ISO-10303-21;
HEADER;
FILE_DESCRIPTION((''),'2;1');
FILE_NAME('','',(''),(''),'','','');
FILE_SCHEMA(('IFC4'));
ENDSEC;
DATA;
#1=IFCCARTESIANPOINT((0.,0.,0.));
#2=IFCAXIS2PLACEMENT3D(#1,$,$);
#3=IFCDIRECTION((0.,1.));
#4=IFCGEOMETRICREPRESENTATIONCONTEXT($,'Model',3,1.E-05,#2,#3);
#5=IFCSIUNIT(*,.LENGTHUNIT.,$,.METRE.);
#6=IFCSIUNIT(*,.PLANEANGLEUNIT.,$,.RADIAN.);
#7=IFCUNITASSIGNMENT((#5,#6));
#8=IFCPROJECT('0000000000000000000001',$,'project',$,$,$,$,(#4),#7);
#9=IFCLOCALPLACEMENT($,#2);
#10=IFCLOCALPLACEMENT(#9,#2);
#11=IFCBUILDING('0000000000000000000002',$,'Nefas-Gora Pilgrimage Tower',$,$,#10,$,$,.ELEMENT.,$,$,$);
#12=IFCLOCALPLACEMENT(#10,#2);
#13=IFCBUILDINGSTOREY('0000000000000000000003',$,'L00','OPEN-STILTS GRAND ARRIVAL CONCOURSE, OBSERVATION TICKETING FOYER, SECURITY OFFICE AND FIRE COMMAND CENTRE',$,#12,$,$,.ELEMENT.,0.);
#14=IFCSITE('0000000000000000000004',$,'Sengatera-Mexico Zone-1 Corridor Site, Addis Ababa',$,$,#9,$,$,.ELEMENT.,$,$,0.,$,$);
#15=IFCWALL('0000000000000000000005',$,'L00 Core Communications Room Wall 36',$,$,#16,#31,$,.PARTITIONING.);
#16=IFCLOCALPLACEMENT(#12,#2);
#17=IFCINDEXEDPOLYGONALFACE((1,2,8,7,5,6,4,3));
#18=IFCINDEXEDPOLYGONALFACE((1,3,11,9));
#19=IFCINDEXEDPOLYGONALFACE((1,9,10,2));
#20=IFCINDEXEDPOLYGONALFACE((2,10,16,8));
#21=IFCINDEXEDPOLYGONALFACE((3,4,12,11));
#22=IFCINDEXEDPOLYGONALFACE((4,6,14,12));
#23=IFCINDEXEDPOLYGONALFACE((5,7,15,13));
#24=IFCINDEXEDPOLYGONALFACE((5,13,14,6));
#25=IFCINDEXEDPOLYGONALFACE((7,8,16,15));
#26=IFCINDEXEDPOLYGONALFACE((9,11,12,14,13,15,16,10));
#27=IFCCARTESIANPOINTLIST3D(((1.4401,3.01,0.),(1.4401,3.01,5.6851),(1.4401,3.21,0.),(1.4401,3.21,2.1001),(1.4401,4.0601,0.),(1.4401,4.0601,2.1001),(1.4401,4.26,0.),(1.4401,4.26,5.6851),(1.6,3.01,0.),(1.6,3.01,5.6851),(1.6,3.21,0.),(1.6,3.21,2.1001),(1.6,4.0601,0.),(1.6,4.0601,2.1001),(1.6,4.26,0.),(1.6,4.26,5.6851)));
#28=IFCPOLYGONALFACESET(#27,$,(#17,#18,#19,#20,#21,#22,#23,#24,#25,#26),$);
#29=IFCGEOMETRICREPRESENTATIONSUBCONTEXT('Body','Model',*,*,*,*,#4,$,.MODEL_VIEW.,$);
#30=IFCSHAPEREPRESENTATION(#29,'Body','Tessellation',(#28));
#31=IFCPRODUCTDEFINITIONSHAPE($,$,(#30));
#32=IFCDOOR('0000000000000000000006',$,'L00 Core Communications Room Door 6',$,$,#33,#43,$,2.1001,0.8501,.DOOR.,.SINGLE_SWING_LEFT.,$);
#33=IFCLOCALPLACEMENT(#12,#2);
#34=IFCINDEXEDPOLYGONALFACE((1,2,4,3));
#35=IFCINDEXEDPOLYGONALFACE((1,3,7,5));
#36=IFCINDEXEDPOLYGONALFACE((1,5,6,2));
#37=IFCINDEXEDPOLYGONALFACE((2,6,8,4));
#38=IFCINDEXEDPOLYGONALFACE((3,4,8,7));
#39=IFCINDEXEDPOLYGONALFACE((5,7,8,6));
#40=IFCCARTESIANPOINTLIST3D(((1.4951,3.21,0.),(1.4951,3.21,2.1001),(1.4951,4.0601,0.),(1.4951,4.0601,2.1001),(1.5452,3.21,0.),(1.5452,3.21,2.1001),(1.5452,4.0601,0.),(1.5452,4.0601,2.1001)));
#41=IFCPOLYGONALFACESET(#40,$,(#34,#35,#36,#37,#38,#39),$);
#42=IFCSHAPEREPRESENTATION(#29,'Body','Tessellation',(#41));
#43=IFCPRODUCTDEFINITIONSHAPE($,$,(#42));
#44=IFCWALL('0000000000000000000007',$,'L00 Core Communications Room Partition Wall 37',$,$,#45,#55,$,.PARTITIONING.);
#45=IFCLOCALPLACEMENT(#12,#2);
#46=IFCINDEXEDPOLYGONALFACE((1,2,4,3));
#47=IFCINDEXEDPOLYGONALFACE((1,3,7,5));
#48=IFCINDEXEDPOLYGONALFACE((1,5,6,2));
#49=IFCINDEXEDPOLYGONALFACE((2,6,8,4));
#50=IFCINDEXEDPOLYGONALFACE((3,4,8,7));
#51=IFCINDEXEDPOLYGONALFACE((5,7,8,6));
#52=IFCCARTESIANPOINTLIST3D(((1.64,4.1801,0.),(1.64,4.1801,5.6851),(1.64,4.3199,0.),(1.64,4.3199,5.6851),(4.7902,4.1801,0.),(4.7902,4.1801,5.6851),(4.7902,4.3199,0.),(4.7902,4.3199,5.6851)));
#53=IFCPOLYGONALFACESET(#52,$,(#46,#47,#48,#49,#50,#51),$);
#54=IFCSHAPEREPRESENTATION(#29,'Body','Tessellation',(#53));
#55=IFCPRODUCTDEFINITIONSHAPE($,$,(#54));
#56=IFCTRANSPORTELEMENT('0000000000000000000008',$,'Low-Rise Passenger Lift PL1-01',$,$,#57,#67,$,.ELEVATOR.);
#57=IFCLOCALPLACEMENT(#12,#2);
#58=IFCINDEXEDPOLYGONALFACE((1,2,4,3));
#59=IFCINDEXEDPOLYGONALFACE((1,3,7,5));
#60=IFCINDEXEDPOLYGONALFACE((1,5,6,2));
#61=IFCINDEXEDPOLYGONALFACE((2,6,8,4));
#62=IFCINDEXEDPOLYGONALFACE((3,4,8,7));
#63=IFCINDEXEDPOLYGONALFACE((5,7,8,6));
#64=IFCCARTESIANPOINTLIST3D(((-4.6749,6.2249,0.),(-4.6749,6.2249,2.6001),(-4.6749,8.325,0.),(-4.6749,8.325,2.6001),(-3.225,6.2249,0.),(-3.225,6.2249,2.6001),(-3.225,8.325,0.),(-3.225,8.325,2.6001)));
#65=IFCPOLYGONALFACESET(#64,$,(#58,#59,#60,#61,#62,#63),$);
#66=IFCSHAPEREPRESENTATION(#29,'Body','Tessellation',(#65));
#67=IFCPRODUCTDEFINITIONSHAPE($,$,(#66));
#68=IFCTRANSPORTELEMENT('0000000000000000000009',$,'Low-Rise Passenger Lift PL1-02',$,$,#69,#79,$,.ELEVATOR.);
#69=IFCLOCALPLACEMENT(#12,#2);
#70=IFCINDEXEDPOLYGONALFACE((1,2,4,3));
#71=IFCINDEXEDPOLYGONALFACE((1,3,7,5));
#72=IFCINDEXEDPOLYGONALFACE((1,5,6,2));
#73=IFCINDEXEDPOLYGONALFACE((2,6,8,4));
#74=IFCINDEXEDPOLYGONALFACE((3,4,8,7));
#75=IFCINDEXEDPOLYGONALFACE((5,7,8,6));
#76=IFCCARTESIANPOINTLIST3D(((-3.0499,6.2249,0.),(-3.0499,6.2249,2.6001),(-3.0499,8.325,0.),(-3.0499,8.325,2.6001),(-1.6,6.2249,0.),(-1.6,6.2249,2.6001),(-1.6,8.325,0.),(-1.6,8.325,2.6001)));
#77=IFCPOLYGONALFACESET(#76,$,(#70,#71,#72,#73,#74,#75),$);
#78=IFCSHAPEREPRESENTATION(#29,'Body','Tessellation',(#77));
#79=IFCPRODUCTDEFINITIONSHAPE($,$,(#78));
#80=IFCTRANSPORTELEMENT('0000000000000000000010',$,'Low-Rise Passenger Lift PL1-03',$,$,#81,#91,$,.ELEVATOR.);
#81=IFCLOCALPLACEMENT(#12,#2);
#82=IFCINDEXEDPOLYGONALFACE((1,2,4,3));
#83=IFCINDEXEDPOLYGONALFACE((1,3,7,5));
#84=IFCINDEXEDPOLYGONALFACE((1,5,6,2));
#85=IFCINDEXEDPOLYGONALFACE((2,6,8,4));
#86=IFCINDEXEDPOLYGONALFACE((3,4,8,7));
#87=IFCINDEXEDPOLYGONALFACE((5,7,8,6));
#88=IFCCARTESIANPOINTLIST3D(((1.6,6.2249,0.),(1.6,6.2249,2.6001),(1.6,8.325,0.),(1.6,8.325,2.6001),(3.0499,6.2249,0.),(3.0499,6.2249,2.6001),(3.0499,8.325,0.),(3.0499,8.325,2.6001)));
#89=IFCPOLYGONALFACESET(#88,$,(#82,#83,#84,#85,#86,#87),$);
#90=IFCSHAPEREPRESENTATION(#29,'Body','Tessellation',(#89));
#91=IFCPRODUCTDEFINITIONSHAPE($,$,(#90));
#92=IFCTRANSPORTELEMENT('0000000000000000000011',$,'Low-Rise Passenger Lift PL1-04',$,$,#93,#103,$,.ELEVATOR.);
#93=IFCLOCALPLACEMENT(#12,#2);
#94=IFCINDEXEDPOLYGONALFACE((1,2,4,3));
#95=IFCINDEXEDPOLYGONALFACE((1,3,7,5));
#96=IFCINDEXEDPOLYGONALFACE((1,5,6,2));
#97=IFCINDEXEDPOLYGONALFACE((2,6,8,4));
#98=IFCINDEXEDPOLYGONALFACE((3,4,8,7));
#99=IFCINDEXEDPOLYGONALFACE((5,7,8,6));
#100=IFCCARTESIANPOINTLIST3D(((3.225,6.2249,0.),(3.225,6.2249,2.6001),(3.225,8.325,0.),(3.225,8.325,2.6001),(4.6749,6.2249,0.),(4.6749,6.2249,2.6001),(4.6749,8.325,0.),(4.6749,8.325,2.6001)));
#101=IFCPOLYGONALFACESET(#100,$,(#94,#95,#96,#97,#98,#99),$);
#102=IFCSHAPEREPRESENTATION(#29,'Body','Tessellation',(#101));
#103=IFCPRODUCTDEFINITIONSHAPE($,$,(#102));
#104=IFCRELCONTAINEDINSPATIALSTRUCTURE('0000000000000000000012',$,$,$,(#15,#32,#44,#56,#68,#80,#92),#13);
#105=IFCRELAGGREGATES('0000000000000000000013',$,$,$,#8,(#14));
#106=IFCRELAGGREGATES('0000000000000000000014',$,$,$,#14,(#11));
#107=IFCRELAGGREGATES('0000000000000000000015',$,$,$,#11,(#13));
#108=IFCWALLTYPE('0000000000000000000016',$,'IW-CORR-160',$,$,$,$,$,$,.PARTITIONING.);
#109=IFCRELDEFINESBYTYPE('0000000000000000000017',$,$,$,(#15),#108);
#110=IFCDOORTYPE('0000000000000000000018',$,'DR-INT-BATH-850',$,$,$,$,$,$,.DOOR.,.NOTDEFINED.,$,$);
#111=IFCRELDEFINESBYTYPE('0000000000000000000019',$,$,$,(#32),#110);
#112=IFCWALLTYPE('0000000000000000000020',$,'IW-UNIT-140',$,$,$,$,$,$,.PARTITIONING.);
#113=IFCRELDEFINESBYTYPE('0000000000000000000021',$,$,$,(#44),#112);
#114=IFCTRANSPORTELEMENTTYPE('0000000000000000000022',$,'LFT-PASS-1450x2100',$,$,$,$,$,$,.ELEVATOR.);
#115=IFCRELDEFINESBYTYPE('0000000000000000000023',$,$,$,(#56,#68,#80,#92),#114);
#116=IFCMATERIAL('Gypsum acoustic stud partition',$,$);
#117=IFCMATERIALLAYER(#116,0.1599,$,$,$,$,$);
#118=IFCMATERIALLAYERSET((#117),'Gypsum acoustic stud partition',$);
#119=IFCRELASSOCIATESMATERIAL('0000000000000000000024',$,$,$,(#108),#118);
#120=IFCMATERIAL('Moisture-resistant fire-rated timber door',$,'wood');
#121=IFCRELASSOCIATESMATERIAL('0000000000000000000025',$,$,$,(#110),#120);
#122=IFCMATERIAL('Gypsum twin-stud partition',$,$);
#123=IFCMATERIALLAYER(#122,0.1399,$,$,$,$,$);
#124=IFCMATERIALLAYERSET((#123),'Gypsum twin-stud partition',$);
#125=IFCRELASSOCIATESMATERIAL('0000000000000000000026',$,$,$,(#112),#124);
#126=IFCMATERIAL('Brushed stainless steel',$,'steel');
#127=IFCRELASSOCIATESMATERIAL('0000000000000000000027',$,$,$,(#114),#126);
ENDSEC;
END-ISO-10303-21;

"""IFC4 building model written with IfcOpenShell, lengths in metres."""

from ifc_helpers import new_model, si_unit, direction, frame, frame_2d, origin, origin_2d, place, context, subcontext, project, spatial, rectangle, extrude, source, transform, mapped, material, layer, layer_set, type_object, element, fill, save


model = new_model("IFC4")

# Units and contexts
model_context = context("Model", 3, precision=1e-05, world=origin(), true_north=direction((0.0, 1.0)))
body_context = subcontext(model_context, "Body", "Model", "MODEL_VIEW")
ifc_project = project(units=[si_unit("LENGTHUNIT", "METRE"), si_unit("PLANEANGLEUNIT", "RADIAN")], contexts=[model_context])

# Site, building, storey
site_placement = place(None, origin())
site = spatial("IfcSite", under=ifc_project, at=site_placement, Name="Sengatera-Mexico Zone-1 Corridor Site, Addis Ababa", CompositionType="ELEMENT", RefElevation=0.0)
building_placement = place(site_placement, origin())
building = spatial("IfcBuilding", under=site, at=building_placement, Name="Nefas-Gora Pilgrimage Tower", CompositionType="ELEMENT")
storey_placement = place(building_placement, origin())
storey = spatial("IfcBuildingStorey", under=building, at=storey_placement, Name="L00", Description="OPEN-STILTS GRAND ARRIVAL CONCOURSE, OBSERVATION TICKETING FOYER, SECURITY OFFICE AND FIRE COMMAND CENTRE", CompositionType="ELEMENT", Elevation=0.0)

# Shared definitions
ifc_material_1 = material(Name="Gypsum acoustic stud partition")
ifc_layer_1 = layer(ifc_material_1, 0.1599)
ifc_layer_set_1 = layer_set([ifc_layer_1], Name="Gypsum acoustic stud partition")
wall_type_1 = type_object("IfcWallType", Name="IW-CORR-160", PredefinedType="PARTITIONING", material=ifc_layer_set_1)

# Wall, opening, door
shared_shape_1 = source(origin(), body_context, "Body", "SweptSolid", [
    extrude(rectangle(XDim=1.25, YDim=0.1599, at=frame_2d((0.625, 0.0))), origin(), (0.0, 0.0, 1.0), 5.6851),
])
wall_1_placement = place(storey_placement, frame((1.52, 3.01, 0.0), z_axis=(0.0, 0.0, 1.0), x_axis=(0.0, 1.0, 0.0)))
wall_1 = element("IfcWall", 1, at=wall_1_placement, inside=storey, type_object=wall_type_1, Name="L00 Core Communications Room Wall 36", PredefinedType="PARTITIONING", context=body_context, shape_type="MappedRepresentation", body=[
    mapped(shared_shape_1, transform((0.0, 0.0, 0.0), x_axis=(1.0, 0.0, 0.0), y_axis=(0.0, 1.0, 0.0), z_axis=(0.0, 0.0, 1.0), scale=1.0)),
])
opening_1_placement = place(wall_1_placement, frame((0.2, 0.0, 0.0)))
opening_1 = element("IfcOpeningElement", 2, at=opening_1_placement, cuts=wall_1, PredefinedType="OPENING", context=body_context, shape_type="SweptSolid", body=[
    extrude(rectangle(XDim=0.8501, YDim=2.1001, at=frame_2d((0.425, 1.05))), frame((0.0, 0.0898, 0.0), z_axis=(0.0, -1.0, 0.0), x_axis=(1.0, 0.0, 0.0)), (0.0, 0.0, 1.0), 0.1799),
])
ifc_material_2 = material(Name="Moisture-resistant fire-rated timber door", Category="wood")
door_type_1 = type_object("IfcDoorType", Name="DR-INT-BATH-850", OperationType="NOTDEFINED", PredefinedType="DOOR", material=ifc_material_2)
shared_shape_2 = source(origin(), body_context, "Body", "SweptSolid", [
    extrude(rectangle(XDim=0.8501, YDim=2.1001, at=frame_2d((0.425, 1.05))), frame((0.0, 0.0249, 0.0), z_axis=(0.0, -1.0, 0.0), x_axis=(1.0, 0.0, 0.0)), (0.0, 0.0, 1.0), 0.05),
])
door_1_placement = place(opening_1_placement, origin())
door_1 = element("IfcDoor", 3, at=door_1_placement, inside=storey, type_object=door_type_1, Name="L00 Core Communications Room Door 6", OperationType="SINGLE_SWING_LEFT", OverallHeight=2.1001, OverallWidth=0.8501, PredefinedType="DOOR", context=body_context, shape_type="MappedRepresentation", body=[
    mapped(shared_shape_2, transform((0.0, 0.0, 0.0), x_axis=(1.0, 0.0, 0.0), y_axis=(0.0, 1.0, 0.0), z_axis=(0.0, 0.0, 1.0), scale=1.0)),
])
fill(opening_1, door_1)

# Wall
ifc_material_3 = material(Name="Gypsum twin-stud partition")
ifc_layer_2 = layer(ifc_material_3, 0.1399)
ifc_layer_set_2 = layer_set([ifc_layer_2], Name="Gypsum twin-stud partition")
wall_type_2 = type_object("IfcWallType", Name="IW-UNIT-140", PredefinedType="PARTITIONING", material=ifc_layer_set_2)
shared_shape_3 = source(origin(), body_context, "Body", "SweptSolid", [
    extrude(rectangle(XDim=3.1501, YDim=0.1399, at=frame_2d((1.5752, 0.0))), origin(), (0.0, 0.0, 1.0), 5.6851),
])
wall_2_placement = place(storey_placement, frame((1.6399, 4.25, 0.0), z_axis=(0.0, 0.0, 1.0), x_axis=(1.0, 0.0, 0.0)))
element("IfcWall", 4, at=wall_2_placement, inside=storey, type_object=wall_type_2, Name="L00 Core Communications Room Partition Wall 37", PredefinedType="PARTITIONING", context=body_context, shape_type="MappedRepresentation", body=[
    mapped(shared_shape_3, transform((0.0, 0.0, 0.0), x_axis=(1.0, 0.0, 0.0), y_axis=(0.0, 1.0, 0.0), z_axis=(0.0, 0.0, 1.0), scale=1.0)),
])

# Transport elements
ifc_material_4 = material(Name="Brushed stainless steel", Category="steel")
transport_element_type = type_object("IfcTransportElementType", Name="LFT-PASS-1450x2100", PredefinedType="ELEVATOR", material=ifc_material_4)
shared_shape_4 = source(origin(), body_context, "Body", "SweptSolid", [
    extrude(rectangle(XDim=1.45, YDim=2.1001, at=origin_2d()), origin(), (0.0, 0.0, 1.0), 2.6001),
])
for number, where, z_axis, x_axis, name in (
    (5, (-3.95, 7.2749, 0.0), (0.0, 0.0, 1.0), (1.0, 0.0, 0.0), "Low-Rise Passenger Lift PL1-01"),
    (6, (-2.325, 7.2749, 0.0), (0.0, 0.0, 1.0), (1.0, 0.0, 0.0), "Low-Rise Passenger Lift PL1-02"),
    (7, (2.325, 7.2749, 0.0), (0.0, 0.0, 1.0), (1.0, 0.0, 0.0), "Low-Rise Passenger Lift PL1-03"),
    (8, (3.95, 7.2749, 0.0), (0.0, 0.0, 1.0), (1.0, 0.0, 0.0), "Low-Rise Passenger Lift PL1-04"),
):
    element("IfcTransportElement", number, at=place(storey_placement, frame(where, z_axis=z_axis, x_axis=x_axis)), inside=storey, type_object=transport_element_type, Name=name, PredefinedType="ELEVATOR", context=body_context, shape_type="MappedRepresentation", body=[
        mapped(shared_shape_4, transform((0.0, 0.0, 0.0), x_axis=(1.0, 0.0, 0.0), y_axis=(0.0, 1.0, 0.0), z_axis=(0.0, 0.0, 1.0), scale=1.0)),
    ])

save(model, "model.ifc")
